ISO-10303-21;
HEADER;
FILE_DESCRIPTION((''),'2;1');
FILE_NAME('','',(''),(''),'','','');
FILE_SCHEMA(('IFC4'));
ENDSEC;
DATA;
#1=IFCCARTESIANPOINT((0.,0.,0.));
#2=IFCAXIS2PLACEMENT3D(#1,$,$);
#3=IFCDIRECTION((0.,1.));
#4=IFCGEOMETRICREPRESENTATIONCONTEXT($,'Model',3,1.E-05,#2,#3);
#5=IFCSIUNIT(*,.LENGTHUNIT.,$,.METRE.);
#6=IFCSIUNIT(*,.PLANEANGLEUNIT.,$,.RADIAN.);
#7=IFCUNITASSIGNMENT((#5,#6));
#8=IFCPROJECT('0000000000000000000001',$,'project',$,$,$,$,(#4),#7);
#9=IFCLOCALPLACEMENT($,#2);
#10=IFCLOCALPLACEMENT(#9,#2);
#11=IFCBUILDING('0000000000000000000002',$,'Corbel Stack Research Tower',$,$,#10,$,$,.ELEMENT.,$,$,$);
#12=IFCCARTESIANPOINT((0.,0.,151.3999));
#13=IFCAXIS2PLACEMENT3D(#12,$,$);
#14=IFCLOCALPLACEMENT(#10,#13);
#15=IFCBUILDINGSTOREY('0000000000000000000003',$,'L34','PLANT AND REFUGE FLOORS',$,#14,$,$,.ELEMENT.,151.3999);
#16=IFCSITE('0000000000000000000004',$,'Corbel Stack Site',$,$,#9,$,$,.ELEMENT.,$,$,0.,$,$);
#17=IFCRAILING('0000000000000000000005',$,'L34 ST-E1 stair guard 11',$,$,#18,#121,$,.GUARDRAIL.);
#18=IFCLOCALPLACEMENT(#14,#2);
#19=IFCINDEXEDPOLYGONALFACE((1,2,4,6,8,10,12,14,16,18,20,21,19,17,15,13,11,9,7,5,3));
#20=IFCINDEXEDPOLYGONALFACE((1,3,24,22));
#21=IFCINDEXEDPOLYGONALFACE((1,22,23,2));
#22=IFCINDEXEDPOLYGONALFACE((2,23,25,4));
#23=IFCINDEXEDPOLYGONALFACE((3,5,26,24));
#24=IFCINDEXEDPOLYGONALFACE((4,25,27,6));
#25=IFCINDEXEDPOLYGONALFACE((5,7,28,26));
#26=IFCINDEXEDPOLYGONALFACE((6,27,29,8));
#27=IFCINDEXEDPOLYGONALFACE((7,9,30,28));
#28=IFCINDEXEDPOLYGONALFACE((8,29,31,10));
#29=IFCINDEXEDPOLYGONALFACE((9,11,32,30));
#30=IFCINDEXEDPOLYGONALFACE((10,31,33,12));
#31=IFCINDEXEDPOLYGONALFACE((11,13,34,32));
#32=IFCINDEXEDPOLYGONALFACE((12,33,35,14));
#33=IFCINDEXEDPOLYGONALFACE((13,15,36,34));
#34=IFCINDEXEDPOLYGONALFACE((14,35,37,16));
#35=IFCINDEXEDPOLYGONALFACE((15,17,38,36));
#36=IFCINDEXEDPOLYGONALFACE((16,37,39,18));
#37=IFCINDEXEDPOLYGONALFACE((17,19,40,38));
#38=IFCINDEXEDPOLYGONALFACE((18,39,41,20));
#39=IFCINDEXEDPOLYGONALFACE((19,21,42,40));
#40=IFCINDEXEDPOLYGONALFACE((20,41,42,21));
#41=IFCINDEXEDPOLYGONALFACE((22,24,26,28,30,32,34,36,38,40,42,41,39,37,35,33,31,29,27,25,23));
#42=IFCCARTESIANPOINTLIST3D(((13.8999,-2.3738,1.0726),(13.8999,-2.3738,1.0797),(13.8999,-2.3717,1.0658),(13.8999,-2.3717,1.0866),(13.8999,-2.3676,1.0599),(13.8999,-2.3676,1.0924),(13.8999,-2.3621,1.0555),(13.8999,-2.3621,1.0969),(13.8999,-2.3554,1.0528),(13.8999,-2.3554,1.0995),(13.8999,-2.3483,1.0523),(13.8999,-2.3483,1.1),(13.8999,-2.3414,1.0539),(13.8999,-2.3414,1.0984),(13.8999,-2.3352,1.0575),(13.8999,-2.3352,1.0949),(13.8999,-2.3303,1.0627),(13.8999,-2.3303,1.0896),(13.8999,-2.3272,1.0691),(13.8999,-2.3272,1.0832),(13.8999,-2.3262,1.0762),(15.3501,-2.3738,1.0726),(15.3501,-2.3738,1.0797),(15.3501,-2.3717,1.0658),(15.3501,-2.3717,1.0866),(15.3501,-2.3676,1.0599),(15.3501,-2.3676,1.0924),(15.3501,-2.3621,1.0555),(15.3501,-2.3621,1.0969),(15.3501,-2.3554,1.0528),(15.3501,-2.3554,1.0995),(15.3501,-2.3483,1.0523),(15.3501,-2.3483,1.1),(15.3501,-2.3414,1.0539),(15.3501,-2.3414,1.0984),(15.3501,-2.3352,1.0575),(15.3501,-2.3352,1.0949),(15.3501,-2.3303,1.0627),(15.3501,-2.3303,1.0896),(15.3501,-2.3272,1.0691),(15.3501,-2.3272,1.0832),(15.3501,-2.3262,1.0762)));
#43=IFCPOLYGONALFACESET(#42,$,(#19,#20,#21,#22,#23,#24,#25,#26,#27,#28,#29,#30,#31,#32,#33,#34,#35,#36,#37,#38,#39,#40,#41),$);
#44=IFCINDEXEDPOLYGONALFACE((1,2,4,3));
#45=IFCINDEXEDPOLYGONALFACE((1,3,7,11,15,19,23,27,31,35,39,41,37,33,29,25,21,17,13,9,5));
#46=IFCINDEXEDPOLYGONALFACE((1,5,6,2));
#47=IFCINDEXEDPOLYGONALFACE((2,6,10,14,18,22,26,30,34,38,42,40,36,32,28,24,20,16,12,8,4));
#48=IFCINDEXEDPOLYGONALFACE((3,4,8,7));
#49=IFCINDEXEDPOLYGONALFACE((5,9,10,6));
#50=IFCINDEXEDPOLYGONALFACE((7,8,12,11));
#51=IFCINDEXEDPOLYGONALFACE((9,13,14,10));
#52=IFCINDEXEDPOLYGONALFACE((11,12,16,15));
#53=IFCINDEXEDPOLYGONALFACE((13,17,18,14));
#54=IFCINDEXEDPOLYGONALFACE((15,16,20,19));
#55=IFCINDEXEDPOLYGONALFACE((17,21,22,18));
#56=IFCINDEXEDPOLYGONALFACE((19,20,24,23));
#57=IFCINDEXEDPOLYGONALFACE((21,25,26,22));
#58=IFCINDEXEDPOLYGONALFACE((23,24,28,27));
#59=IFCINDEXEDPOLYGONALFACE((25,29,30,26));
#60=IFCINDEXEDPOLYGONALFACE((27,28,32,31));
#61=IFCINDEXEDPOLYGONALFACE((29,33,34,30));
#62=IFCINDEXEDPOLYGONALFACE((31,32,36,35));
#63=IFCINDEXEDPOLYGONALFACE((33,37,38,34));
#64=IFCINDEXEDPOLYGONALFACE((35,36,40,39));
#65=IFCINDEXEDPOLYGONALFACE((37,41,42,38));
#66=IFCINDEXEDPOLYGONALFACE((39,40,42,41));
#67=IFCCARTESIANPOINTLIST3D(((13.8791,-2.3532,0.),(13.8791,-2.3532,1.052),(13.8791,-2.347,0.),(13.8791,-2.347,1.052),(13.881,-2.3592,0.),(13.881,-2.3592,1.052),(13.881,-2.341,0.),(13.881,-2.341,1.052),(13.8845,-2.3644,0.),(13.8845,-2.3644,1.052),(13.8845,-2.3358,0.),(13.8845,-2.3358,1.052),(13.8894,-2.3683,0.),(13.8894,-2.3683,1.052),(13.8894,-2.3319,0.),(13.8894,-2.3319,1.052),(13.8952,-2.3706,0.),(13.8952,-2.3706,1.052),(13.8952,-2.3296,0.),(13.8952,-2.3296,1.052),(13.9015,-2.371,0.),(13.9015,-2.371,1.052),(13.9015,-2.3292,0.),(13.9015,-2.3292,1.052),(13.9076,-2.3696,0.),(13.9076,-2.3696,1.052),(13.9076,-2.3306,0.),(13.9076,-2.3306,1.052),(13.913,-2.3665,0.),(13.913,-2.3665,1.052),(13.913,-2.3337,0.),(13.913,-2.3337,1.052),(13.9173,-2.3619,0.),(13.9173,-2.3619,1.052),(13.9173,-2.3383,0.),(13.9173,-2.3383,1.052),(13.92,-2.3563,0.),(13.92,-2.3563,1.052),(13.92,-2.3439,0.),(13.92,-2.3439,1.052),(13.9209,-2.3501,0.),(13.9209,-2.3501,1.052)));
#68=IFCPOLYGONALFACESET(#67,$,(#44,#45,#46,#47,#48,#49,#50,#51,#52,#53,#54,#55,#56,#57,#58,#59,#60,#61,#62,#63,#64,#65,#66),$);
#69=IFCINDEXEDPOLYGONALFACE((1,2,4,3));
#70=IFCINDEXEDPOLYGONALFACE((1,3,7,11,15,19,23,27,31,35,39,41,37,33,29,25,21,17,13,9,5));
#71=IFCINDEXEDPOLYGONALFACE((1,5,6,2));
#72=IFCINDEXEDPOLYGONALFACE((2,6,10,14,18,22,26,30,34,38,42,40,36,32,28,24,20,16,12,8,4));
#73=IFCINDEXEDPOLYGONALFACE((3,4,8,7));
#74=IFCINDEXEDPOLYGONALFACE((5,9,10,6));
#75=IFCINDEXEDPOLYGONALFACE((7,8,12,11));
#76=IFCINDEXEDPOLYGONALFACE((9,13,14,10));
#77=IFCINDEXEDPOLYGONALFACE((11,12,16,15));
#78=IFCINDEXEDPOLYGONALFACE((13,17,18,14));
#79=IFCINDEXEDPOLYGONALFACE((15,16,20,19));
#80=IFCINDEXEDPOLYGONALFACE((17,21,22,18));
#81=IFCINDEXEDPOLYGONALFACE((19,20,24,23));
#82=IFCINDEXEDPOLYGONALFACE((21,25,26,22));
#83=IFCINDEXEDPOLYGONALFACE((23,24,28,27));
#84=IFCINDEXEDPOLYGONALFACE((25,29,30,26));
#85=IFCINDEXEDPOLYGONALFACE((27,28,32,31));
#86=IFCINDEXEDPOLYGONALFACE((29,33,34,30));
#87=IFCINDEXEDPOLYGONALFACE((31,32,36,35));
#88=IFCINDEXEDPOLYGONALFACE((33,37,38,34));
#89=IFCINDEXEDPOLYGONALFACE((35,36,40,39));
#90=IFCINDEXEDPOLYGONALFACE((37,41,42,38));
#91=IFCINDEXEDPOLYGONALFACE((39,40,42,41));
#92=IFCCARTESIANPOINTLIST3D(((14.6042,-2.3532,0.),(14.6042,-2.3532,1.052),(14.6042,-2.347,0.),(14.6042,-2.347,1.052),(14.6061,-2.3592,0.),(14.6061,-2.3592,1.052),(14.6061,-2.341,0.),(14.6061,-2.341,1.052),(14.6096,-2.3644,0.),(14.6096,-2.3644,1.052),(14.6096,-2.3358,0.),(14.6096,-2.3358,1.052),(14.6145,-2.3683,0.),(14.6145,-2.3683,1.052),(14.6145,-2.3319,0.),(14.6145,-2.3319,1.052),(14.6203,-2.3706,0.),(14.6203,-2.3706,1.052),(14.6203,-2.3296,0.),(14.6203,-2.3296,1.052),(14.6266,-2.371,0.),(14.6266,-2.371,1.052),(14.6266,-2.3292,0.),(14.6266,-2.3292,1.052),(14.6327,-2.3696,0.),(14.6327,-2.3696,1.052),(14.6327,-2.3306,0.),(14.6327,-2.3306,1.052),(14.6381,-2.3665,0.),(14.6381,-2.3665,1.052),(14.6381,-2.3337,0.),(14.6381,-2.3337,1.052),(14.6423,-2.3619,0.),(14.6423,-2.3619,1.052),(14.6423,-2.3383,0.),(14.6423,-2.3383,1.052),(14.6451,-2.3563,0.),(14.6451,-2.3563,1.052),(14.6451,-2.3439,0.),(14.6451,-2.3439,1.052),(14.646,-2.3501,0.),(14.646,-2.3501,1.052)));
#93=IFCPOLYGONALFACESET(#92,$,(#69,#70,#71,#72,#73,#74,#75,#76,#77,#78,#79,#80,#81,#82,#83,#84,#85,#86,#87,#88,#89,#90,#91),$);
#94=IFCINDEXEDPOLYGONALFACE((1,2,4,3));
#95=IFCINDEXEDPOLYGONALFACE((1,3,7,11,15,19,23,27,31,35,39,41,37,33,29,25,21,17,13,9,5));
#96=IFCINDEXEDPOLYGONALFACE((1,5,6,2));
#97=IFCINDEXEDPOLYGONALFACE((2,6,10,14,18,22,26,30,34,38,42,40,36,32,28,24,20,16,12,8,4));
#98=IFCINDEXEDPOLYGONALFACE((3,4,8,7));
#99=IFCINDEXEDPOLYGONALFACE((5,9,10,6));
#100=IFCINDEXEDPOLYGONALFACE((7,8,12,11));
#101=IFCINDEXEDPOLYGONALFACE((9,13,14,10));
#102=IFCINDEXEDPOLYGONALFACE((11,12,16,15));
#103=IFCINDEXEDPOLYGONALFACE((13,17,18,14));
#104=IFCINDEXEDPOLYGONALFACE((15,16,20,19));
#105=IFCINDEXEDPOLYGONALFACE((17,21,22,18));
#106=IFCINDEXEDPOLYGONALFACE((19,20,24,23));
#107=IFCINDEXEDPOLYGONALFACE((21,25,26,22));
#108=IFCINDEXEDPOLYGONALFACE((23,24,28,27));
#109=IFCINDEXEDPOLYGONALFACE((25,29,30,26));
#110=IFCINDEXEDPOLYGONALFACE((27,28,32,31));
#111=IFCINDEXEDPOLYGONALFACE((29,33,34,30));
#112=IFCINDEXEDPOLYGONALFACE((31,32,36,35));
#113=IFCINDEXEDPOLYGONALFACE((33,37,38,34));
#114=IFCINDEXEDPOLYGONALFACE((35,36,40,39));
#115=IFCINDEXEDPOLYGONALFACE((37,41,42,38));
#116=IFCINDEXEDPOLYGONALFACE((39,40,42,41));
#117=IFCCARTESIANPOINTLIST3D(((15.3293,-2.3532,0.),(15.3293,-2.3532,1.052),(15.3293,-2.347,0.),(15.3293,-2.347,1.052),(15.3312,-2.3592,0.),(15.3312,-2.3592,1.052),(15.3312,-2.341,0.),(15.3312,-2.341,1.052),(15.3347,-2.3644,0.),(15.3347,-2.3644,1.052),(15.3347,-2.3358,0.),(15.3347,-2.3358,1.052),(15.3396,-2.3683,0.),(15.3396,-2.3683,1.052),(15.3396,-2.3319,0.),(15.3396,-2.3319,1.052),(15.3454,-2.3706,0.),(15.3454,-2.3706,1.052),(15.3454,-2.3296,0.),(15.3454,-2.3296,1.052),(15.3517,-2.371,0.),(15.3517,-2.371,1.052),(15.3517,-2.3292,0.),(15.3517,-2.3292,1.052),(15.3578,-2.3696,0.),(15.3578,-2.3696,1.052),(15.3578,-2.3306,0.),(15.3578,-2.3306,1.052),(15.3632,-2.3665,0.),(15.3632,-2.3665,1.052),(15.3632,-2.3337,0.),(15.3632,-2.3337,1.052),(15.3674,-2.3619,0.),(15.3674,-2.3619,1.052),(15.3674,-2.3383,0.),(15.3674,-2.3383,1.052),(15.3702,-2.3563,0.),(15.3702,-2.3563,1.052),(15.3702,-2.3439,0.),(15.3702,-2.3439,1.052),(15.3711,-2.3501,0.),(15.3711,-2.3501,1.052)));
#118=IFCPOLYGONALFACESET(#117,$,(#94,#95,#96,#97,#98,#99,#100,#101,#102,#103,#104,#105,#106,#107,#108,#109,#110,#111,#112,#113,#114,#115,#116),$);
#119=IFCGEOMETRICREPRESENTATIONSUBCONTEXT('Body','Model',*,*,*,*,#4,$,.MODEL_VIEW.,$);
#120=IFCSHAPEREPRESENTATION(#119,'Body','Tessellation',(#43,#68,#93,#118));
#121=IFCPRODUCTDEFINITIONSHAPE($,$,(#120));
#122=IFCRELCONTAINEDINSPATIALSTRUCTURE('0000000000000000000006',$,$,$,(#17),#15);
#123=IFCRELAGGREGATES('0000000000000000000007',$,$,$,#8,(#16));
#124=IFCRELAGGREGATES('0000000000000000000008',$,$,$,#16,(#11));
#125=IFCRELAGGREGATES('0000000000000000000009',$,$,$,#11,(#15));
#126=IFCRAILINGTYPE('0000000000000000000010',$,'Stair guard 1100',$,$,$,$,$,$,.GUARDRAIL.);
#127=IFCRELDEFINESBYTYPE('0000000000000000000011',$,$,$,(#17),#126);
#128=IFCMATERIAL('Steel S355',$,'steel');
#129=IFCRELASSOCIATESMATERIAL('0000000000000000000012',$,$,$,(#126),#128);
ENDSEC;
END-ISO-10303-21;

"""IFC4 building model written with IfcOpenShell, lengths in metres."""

from ifc_helpers import new_model, si_unit, direction, frame, origin, origin_2d, place, context, subcontext, project, spatial, circle, extrude, material, type_object, element, save


model = new_model("IFC4")

# Units and contexts
model_context = context("Model", 3, precision=1e-05, world=origin(), true_north=direction((0.0, 1.0)))
body_context = subcontext(model_context, "Body", "Model", "MODEL_VIEW")
ifc_project = project(units=[si_unit("LENGTHUNIT", "METRE"), si_unit("PLANEANGLEUNIT", "RADIAN")], contexts=[model_context])

# Site, building, storey
site_placement = place(None, origin())
site = spatial("IfcSite", under=ifc_project, at=site_placement, Name="Corbel Stack Site", CompositionType="ELEMENT", RefElevation=0.0)
building_placement = place(site_placement, origin())
building = spatial("IfcBuilding", under=site, at=building_placement, Name="Corbel Stack Research Tower", CompositionType="ELEMENT")
storey_placement = place(building_placement, frame((0.0, 0.0, 151.3999)))
storey = spatial("IfcBuildingStorey", under=building, at=storey_placement, Name="L34", Description="PLANT AND REFUGE FLOORS", CompositionType="ELEMENT", Elevation=151.3999)

# Railing
ifc_material_1 = material(Name="Steel S355", Category="steel")
railing_type_1 = type_object("IfcRailingType", Name="Stair guard 1100", PredefinedType="GUARDRAIL", material=ifc_material_1)
railing_1_placement = place(storey_placement, frame((13.8999, -2.3501, 0.0)))
element("IfcRailing", 1, at=railing_1_placement, inside=storey, type_object=railing_type_1, Name="L34 ST-E1 stair guard 11", PredefinedType="GUARDRAIL", context=body_context, shape_type="SweptSolid", body=[
    extrude(circle(Radius=0.0239, at=origin_2d()), frame((0.0, 0.0, 1.0762), z_axis=(1.0, 0.0, 0.0), x_axis=(0.0, 1.0, 0.0)), (0.0, 0.0, 1.0), 1.4502),
    extrude(circle(Radius=0.021, at=origin_2d()), origin(), (0.0, 0.0, 1.0), 1.052),
    extrude(circle(Radius=0.021, at=origin_2d()), frame((0.7251, 0.0, 0.0)), (0.0, 0.0, 1.0), 1.052),
    extrude(circle(Radius=0.021, at=origin_2d()), frame((1.4502, 0.0, 0.0)), (0.0, 0.0, 1.0), 1.052),
])

save(model, "model.ifc")
